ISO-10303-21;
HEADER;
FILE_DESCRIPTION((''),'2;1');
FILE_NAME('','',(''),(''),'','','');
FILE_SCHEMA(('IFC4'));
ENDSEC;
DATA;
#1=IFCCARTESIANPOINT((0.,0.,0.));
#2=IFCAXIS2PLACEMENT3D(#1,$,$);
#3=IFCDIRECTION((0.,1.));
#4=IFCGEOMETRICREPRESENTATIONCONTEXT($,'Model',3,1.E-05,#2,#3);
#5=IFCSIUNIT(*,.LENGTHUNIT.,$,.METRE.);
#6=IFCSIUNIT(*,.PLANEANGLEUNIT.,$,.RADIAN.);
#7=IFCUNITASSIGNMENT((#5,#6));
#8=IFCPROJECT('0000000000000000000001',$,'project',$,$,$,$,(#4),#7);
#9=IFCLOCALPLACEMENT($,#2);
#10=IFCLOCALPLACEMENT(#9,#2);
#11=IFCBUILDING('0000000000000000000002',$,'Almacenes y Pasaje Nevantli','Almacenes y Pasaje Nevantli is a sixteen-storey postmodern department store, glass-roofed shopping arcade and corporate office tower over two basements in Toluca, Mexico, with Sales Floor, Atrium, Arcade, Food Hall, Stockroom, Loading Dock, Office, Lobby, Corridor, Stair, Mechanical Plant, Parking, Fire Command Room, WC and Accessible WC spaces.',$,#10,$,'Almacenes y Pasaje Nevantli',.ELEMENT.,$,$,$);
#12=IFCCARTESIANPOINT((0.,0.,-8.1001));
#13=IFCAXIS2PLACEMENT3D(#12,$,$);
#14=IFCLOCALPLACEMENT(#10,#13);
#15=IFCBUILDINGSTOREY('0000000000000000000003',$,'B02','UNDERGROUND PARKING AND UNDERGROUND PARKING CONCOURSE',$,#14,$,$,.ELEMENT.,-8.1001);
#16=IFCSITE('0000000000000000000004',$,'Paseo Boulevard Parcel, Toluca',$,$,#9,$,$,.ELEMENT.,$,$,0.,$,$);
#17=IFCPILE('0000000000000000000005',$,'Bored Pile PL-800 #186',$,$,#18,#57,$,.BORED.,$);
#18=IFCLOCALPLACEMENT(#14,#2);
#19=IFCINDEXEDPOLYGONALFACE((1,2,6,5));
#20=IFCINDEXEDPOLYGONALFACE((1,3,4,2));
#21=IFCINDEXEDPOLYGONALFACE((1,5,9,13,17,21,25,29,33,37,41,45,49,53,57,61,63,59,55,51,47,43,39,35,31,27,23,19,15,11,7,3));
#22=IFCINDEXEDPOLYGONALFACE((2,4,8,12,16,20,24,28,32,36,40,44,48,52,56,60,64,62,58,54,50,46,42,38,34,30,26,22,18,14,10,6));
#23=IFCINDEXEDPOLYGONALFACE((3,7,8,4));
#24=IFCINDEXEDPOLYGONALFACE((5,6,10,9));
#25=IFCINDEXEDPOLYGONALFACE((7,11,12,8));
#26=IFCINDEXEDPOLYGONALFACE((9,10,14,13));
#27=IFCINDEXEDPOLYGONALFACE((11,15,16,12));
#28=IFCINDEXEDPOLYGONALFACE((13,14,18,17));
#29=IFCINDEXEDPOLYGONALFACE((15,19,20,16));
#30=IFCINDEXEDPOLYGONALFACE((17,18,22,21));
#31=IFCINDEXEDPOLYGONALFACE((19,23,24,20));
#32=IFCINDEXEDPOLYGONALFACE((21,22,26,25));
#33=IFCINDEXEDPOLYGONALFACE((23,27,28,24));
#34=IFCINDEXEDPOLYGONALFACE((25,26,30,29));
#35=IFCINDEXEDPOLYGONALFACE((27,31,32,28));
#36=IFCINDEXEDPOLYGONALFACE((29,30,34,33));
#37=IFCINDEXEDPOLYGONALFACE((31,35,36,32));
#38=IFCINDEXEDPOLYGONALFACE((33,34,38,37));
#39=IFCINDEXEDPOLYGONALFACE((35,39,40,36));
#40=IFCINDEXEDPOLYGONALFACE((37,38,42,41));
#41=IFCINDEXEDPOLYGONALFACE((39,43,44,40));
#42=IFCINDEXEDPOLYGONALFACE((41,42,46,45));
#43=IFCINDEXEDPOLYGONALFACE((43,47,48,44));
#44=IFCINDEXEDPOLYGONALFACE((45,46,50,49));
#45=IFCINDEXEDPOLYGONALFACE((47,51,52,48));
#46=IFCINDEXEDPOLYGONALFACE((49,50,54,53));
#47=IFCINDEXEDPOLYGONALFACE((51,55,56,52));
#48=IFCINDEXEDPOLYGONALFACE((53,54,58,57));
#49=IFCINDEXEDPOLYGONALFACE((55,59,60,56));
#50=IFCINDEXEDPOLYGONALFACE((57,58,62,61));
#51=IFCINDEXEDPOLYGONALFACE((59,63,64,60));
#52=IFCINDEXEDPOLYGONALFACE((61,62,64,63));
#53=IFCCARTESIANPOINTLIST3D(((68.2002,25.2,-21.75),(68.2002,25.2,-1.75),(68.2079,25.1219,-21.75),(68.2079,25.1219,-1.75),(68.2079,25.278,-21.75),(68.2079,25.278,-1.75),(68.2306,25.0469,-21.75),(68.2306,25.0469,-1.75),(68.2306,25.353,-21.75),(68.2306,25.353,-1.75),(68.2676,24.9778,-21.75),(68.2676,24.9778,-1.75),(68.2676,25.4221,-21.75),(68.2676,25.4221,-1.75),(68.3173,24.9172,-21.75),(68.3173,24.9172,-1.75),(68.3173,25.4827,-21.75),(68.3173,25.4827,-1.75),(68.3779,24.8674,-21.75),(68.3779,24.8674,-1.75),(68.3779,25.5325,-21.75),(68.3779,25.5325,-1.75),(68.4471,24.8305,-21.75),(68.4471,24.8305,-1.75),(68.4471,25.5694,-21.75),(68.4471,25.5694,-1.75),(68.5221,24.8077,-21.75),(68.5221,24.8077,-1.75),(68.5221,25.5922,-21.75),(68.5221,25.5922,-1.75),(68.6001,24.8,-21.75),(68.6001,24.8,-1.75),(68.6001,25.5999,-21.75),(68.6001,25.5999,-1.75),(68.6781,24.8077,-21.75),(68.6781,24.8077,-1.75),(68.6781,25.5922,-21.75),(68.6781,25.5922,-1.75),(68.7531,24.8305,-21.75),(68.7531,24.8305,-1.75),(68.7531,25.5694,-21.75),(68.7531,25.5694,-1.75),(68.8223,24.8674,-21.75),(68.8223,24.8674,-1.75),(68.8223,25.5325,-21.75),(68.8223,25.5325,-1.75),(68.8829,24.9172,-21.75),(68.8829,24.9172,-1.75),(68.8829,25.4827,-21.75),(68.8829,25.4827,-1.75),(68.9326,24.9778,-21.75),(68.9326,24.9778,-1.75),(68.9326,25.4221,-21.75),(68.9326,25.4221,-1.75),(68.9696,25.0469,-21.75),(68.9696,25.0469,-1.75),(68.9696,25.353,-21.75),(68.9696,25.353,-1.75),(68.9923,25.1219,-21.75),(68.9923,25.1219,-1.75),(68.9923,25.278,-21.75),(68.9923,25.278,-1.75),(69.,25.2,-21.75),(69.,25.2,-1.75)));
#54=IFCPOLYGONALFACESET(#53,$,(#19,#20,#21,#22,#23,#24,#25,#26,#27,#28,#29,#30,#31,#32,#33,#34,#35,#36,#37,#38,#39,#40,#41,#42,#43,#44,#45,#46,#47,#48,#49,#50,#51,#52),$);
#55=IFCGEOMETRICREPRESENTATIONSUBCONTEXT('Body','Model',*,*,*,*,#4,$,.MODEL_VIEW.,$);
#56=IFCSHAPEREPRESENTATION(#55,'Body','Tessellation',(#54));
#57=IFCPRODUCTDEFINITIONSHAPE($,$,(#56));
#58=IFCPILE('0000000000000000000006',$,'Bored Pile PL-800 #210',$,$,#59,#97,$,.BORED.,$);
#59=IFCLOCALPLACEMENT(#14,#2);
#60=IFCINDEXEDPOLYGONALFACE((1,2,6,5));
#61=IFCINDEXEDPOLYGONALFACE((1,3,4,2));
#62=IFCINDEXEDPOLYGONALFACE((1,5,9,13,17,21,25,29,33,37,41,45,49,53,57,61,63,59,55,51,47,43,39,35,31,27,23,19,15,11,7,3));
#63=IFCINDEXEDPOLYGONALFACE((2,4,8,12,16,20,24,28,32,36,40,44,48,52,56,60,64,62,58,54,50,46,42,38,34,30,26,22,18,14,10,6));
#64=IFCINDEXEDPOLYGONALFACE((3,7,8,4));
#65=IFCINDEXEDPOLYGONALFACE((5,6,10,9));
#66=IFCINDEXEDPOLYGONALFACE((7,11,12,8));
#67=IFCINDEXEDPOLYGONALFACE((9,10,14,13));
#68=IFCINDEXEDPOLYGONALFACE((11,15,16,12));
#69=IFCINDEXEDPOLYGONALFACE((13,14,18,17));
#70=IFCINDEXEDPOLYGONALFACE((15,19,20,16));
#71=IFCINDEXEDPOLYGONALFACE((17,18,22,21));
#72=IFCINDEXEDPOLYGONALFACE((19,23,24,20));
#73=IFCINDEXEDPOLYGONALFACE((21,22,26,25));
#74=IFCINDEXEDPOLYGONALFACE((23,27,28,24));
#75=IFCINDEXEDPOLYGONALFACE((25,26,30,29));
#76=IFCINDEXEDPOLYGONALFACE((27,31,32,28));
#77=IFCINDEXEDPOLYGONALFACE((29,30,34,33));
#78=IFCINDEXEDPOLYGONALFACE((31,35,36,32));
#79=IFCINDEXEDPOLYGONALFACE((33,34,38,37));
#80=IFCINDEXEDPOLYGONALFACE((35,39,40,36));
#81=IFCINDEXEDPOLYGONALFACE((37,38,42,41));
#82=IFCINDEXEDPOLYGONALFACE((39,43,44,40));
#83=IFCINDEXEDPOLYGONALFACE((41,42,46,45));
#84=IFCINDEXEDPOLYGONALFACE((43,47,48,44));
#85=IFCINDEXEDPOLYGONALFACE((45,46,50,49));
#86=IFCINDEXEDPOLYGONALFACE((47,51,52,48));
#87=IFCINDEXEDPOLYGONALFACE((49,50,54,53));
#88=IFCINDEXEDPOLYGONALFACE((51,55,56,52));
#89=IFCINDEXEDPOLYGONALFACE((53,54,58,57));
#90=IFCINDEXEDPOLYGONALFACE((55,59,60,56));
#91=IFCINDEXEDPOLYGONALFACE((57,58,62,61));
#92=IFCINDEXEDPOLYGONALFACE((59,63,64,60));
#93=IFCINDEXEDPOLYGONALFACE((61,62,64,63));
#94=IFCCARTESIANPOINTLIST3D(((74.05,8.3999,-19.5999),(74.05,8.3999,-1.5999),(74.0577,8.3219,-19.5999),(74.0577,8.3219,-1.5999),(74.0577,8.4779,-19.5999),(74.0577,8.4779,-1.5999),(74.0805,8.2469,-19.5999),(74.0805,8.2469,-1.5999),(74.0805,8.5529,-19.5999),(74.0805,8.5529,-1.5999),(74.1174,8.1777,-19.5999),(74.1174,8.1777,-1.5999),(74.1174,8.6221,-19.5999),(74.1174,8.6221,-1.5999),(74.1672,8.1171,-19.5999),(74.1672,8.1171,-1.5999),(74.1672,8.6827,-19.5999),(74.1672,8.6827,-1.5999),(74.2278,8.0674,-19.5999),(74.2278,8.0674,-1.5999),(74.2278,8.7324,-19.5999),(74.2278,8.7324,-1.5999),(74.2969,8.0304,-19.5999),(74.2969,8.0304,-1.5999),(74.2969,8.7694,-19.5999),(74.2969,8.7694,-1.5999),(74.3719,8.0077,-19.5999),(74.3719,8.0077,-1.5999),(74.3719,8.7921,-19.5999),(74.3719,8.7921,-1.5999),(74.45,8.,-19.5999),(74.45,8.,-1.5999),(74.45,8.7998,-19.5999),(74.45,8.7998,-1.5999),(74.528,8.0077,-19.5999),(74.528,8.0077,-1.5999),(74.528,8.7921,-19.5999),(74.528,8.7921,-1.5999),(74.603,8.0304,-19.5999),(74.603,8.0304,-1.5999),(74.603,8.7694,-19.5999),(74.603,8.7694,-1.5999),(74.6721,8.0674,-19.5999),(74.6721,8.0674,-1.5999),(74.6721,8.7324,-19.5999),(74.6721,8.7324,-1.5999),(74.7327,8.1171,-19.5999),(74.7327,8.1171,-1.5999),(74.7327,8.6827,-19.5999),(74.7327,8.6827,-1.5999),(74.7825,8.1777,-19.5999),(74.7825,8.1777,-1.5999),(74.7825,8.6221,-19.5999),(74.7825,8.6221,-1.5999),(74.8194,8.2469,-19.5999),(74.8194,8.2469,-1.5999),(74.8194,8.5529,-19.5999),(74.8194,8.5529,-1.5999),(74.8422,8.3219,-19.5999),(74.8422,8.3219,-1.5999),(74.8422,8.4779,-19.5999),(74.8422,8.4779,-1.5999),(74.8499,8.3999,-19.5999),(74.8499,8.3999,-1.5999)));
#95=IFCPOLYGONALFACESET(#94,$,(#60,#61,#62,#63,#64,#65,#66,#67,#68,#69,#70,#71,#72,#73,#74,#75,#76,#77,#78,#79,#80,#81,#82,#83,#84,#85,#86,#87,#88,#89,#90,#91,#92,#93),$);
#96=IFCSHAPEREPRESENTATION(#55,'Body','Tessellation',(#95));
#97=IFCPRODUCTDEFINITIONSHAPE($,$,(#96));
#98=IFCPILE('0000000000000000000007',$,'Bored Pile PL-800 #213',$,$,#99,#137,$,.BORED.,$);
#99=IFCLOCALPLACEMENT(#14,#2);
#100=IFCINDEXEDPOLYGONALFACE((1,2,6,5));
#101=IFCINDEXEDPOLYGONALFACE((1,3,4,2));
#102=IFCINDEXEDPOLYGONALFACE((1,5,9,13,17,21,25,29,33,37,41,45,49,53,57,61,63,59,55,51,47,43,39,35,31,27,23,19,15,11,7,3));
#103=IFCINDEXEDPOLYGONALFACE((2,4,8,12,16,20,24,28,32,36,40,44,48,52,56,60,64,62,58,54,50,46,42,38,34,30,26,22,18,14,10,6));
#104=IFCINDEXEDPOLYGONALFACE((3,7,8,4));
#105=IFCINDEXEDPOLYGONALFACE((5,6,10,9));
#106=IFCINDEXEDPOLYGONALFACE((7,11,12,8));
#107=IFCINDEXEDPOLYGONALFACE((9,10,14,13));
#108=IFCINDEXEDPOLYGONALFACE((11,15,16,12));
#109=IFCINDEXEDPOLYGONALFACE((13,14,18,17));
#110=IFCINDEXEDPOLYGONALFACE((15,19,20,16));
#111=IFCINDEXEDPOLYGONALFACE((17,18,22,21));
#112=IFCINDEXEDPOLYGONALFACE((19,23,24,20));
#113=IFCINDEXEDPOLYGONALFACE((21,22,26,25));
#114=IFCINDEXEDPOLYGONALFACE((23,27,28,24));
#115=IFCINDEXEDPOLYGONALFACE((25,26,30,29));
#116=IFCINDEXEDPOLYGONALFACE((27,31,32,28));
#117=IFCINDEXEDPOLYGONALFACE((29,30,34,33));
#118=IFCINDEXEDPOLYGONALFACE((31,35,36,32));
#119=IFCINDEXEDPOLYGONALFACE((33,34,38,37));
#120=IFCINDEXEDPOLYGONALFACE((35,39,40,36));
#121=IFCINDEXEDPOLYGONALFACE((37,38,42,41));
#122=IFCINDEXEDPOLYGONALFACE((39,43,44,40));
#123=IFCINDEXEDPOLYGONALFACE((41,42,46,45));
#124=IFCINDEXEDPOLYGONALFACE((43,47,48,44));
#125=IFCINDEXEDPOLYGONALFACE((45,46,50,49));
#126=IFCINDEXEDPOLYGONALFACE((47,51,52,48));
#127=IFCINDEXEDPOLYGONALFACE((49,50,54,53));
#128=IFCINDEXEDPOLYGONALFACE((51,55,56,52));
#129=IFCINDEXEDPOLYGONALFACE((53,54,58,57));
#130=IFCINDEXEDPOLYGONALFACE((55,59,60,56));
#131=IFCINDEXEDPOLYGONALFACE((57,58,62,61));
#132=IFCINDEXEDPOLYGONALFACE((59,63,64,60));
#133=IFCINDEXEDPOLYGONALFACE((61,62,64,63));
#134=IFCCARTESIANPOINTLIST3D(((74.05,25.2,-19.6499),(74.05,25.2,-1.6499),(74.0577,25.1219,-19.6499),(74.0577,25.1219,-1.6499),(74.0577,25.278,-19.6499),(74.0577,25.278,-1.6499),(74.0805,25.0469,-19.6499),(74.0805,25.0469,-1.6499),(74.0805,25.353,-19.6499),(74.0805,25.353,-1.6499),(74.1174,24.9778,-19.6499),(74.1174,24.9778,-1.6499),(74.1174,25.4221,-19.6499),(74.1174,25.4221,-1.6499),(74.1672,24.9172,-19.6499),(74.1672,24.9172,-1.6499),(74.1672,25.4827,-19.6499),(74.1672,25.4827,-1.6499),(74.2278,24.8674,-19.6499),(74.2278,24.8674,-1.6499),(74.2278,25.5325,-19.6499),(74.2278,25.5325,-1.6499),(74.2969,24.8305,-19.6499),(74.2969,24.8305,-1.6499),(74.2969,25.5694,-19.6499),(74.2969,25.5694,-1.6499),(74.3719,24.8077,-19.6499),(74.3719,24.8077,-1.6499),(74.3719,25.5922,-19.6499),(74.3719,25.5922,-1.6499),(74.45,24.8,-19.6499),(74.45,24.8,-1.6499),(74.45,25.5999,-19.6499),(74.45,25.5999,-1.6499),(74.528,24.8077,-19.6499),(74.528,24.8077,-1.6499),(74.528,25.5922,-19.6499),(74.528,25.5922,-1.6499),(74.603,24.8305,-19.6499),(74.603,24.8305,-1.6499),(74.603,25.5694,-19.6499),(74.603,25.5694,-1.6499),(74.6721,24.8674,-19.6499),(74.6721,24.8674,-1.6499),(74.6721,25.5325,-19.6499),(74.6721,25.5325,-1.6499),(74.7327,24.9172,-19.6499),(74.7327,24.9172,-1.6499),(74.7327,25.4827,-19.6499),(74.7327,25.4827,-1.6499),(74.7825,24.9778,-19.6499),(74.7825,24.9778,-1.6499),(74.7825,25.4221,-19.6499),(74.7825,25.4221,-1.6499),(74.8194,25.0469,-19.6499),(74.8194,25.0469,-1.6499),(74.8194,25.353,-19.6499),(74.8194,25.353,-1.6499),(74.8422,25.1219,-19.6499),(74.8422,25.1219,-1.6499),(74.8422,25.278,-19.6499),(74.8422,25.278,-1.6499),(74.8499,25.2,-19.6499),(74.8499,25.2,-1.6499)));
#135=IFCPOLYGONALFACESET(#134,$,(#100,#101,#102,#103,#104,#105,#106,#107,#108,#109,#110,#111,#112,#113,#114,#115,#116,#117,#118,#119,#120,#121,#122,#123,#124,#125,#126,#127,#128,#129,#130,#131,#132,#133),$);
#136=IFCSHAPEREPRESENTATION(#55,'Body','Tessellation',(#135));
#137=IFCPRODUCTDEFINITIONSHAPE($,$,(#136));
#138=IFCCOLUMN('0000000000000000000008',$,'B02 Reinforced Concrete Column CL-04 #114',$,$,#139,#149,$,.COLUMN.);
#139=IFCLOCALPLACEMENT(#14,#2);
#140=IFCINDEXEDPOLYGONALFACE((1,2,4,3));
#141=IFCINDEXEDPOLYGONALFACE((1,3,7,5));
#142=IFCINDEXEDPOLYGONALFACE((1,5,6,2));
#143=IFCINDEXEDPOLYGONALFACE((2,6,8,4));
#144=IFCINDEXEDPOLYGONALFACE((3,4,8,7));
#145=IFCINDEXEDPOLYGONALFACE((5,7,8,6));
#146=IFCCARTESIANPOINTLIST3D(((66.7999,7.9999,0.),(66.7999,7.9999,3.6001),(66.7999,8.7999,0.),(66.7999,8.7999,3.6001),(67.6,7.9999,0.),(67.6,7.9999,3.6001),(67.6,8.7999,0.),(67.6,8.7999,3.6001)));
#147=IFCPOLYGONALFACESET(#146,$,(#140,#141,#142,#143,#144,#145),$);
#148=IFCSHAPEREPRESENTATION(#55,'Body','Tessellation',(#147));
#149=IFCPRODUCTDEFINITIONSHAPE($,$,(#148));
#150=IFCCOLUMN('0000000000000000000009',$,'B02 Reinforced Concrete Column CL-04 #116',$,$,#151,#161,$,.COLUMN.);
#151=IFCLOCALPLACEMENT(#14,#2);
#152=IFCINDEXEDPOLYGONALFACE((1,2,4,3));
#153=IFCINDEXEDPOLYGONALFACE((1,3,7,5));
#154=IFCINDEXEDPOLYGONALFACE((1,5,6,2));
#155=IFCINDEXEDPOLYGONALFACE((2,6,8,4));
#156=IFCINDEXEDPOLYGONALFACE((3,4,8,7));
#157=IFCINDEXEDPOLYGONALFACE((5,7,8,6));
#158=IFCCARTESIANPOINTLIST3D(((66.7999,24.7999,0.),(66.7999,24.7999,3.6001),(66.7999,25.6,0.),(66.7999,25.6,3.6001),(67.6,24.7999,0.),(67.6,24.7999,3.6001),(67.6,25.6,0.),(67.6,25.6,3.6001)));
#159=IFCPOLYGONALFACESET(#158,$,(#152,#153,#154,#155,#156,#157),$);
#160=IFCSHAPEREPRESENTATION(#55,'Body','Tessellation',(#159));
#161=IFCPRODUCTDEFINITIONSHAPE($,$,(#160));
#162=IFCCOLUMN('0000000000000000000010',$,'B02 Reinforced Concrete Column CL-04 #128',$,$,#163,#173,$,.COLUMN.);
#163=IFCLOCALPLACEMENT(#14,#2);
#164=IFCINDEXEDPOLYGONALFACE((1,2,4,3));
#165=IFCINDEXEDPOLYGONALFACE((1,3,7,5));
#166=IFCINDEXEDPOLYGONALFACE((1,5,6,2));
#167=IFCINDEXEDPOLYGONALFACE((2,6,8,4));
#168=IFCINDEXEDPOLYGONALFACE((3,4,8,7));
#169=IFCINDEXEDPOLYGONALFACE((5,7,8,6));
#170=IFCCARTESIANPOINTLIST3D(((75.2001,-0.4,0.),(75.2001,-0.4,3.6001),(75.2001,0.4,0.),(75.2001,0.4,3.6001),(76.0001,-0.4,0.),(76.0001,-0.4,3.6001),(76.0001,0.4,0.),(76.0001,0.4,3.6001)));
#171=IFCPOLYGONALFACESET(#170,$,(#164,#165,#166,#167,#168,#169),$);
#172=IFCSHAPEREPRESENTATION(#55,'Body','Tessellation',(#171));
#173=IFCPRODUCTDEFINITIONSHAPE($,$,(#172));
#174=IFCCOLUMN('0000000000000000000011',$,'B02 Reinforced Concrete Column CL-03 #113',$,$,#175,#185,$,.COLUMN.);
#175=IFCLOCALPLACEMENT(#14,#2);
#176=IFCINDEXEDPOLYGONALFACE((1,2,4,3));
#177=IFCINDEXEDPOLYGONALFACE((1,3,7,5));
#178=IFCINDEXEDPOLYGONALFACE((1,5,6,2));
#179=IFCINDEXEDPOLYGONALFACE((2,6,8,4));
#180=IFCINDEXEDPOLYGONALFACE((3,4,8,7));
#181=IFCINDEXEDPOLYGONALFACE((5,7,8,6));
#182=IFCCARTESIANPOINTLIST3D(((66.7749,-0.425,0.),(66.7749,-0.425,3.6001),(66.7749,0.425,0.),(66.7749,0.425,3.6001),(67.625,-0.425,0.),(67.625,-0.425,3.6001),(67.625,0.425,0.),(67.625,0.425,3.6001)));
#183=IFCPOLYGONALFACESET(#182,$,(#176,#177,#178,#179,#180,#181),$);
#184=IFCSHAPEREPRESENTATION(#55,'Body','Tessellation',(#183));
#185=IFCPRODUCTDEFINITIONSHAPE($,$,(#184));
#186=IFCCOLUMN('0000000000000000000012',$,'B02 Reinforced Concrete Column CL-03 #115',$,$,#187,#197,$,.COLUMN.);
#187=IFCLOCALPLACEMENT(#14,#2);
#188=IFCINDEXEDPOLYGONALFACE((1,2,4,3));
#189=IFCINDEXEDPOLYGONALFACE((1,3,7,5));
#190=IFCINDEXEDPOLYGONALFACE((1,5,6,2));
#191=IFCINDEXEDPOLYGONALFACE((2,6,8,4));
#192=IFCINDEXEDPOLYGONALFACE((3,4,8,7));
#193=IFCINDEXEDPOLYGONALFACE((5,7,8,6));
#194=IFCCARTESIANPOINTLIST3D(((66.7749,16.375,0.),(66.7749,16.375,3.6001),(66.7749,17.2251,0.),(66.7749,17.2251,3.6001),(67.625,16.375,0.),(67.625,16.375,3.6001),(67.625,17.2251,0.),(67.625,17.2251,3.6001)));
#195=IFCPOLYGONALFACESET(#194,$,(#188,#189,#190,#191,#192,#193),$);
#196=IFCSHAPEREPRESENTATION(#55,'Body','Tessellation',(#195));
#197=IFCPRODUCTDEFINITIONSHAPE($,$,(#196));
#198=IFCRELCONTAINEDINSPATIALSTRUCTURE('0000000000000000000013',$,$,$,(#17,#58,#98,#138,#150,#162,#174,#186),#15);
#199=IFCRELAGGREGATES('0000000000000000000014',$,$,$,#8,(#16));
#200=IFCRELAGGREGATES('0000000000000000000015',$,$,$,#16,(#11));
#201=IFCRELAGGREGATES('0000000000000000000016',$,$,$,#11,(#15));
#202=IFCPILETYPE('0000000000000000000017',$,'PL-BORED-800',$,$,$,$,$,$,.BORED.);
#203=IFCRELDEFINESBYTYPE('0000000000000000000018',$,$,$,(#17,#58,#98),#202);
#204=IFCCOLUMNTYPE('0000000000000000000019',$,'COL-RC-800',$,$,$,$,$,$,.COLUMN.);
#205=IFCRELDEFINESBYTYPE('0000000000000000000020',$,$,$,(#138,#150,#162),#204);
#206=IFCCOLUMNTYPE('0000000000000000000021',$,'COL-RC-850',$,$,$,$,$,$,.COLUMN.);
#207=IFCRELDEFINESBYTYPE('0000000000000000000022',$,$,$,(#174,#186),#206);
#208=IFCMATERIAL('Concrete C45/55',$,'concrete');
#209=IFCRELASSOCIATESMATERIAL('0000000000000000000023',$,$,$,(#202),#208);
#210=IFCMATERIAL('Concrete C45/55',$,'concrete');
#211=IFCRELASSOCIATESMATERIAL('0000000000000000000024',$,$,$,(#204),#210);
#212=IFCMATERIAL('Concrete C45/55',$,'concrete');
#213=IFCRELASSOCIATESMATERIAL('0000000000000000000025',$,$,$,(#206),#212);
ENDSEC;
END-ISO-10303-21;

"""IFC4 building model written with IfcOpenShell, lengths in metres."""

from ifc_helpers import new_model, si_unit, direction, frame, origin, origin_2d, place, context, subcontext, project, spatial, rectangle, circle, extrude, material, material_profile, profile_set, type_object, element, save


model = new_model("IFC4")

# Units and contexts
model_context = context("Model", 3, precision=1e-05, world=origin(), true_north=direction((0.0, 1.0)))
body_context = subcontext(model_context, "Body", "Model", "MODEL_VIEW")
ifc_project = project(units=[si_unit("LENGTHUNIT", "METRE"), si_unit("PLANEANGLEUNIT", "RADIAN")], contexts=[model_context])

# Site, building, storey
site_placement = place(None, origin())
site = spatial("IfcSite", under=ifc_project, at=site_placement, Name="Paseo Boulevard Parcel, Toluca", CompositionType="ELEMENT", RefElevation=0.0)
building_placement = place(site_placement, origin())
building = spatial("IfcBuilding", under=site, at=building_placement, Name="Almacenes y Pasaje Nevantli", Description="Almacenes y Pasaje Nevantli is a sixteen-storey postmodern department store, glass-roofed shopping arcade and corporate office tower over two basements in Toluca, Mexico, with Sales Floor, Atrium, Arcade, Food Hall, Stockroom, Loading Dock, Office, Lobby, Corridor, Stair, Mechanical Plant, Parking, Fire Command Room, WC and Accessible WC spaces.", LongName="Almacenes y Pasaje Nevantli", CompositionType="ELEMENT")
storey_placement = place(building_placement, frame((0.0, 0.0, -8.1001)))
storey = spatial("IfcBuildingStorey", under=building, at=storey_placement, Name="B02", Description="UNDERGROUND PARKING AND UNDERGROUND PARKING CONCOURSE", CompositionType="ELEMENT", Elevation=-8.1001)

# Piles
ifc_material_1 = material(Name="Concrete C45/55", Category="concrete")
ifc_material_profile_1 = material_profile(ifc_material_1, circle(Radius=0.3999, at=origin_2d()), Name="RC-PILE-D800")
ifc_profile_set_1 = profile_set([ifc_material_profile_1], Name="Concrete C45/55")
pile_type_1 = type_object("IfcPileType", Name="PL-BORED-800", PredefinedType="BORED", material=ifc_profile_set_1)
for number, where, z_axis, x_axis, name in (
    (1, (68.6001, 25.2, -1.75), (0.0, 0.0, -1.0), (1.0, 0.0, 0.0), "Bored Pile PL-800 #186"),
):
    element("IfcPile", number, at=place(storey_placement, frame(where, z_axis=z_axis, x_axis=x_axis)), inside=storey, type_object=pile_type_1, Name=name, PredefinedType="BORED", context=body_context, shape_type="SweptSolid", body=[
        extrude(circle(Radius=0.3999, at=origin_2d()), origin(), (0.0, 0.0, 1.0), 20.0),
    ])
for number, where, z_axis, x_axis, name in (
    (2, (74.45, 8.3999, -1.5999), (0.0, 0.0, -1.0), (1.0, 0.0, 0.0), "Bored Pile PL-800 #210"),
    (3, (74.45, 25.2, -1.6499), (0.0, 0.0, -1.0), (1.0, 0.0, 0.0), "Bored Pile PL-800 #213"),
):
    element("IfcPile", number, at=place(storey_placement, frame(where, z_axis=z_axis, x_axis=x_axis)), inside=storey, type_object=pile_type_1, Name=name, PredefinedType="BORED", context=body_context, shape_type="SweptSolid", body=[
        extrude(circle(Radius=0.3999, at=origin_2d()), origin(), (0.0, 0.0, 1.0), 18.0),
    ])

# Columns
ifc_material_2 = material(Name="Concrete C45/55", Category="concrete")
ifc_material_profile_2 = material_profile(ifc_material_2, rectangle(XDim=0.8, YDim=0.8, at=origin_2d()), Name="RC-COL-800x800")
ifc_profile_set_2 = profile_set([ifc_material_profile_2], Name="Concrete C45/55")
column_type_1 = type_object("IfcColumnType", Name="COL-RC-800", PredefinedType="COLUMN", material=ifc_profile_set_2)
for number, where, z_axis, x_axis, name in (
    (4, (67.2, 8.3999, 0.0), (0.0, 0.0, 1.0), (1.0, 0.0, 0.0), "B02 Reinforced Concrete Column CL-04 #114"),
    (5, (67.2, 25.2, 0.0), (0.0, 0.0, 1.0), (1.0, 0.0, 0.0), "B02 Reinforced Concrete Column CL-04 #116"),
    (6, (75.6001, 0.0, 0.0), (0.0, 0.0, 1.0), (1.0, 0.0, 0.0), "B02 Reinforced Concrete Column CL-04 #128"),
):
    element("IfcColumn", number, at=place(storey_placement, frame(where, z_axis=z_axis, x_axis=x_axis)), inside=storey, type_object=column_type_1, Name=name, PredefinedType="COLUMN", context=body_context, shape_type="SweptSolid", body=[
        extrude(rectangle(XDim=0.8, YDim=0.8, at=origin_2d()), origin(), (0.0, 0.0, 1.0), 3.6001),
    ])
ifc_material_3 = material(Name="Concrete C45/55", Category="concrete")
ifc_material_profile_3 = material_profile(ifc_material_3, rectangle(XDim=0.8501, YDim=0.8501, at=origin_2d()), Name="RC-COL-850x850")
ifc_profile_set_3 = profile_set([ifc_material_profile_3], Name="Concrete C45/55")
column_type_2 = type_object("IfcColumnType", Name="COL-RC-850", PredefinedType="COLUMN", material=ifc_profile_set_3)
for number, where, z_axis, x_axis, name in (
    (7, (67.2, 0.0, 0.0), (0.0, 0.0, 1.0), (1.0, 0.0, 0.0), "B02 Reinforced Concrete Column CL-03 #113"),
    (8, (67.2, 16.8, 0.0), (0.0, 0.0, 1.0), (1.0, 0.0, 0.0), "B02 Reinforced Concrete Column CL-03 #115"),
):
    element("IfcColumn", number, at=place(storey_placement, frame(where, z_axis=z_axis, x_axis=x_axis)), inside=storey, type_object=column_type_2, Name=name, PredefinedType="COLUMN", context=body_context, shape_type="SweptSolid", body=[
        extrude(rectangle(XDim=0.8501, YDim=0.8501, at=origin_2d()), origin(), (0.0, 0.0, 1.0), 3.6001),
    ])

save(model, "model.ifc")
